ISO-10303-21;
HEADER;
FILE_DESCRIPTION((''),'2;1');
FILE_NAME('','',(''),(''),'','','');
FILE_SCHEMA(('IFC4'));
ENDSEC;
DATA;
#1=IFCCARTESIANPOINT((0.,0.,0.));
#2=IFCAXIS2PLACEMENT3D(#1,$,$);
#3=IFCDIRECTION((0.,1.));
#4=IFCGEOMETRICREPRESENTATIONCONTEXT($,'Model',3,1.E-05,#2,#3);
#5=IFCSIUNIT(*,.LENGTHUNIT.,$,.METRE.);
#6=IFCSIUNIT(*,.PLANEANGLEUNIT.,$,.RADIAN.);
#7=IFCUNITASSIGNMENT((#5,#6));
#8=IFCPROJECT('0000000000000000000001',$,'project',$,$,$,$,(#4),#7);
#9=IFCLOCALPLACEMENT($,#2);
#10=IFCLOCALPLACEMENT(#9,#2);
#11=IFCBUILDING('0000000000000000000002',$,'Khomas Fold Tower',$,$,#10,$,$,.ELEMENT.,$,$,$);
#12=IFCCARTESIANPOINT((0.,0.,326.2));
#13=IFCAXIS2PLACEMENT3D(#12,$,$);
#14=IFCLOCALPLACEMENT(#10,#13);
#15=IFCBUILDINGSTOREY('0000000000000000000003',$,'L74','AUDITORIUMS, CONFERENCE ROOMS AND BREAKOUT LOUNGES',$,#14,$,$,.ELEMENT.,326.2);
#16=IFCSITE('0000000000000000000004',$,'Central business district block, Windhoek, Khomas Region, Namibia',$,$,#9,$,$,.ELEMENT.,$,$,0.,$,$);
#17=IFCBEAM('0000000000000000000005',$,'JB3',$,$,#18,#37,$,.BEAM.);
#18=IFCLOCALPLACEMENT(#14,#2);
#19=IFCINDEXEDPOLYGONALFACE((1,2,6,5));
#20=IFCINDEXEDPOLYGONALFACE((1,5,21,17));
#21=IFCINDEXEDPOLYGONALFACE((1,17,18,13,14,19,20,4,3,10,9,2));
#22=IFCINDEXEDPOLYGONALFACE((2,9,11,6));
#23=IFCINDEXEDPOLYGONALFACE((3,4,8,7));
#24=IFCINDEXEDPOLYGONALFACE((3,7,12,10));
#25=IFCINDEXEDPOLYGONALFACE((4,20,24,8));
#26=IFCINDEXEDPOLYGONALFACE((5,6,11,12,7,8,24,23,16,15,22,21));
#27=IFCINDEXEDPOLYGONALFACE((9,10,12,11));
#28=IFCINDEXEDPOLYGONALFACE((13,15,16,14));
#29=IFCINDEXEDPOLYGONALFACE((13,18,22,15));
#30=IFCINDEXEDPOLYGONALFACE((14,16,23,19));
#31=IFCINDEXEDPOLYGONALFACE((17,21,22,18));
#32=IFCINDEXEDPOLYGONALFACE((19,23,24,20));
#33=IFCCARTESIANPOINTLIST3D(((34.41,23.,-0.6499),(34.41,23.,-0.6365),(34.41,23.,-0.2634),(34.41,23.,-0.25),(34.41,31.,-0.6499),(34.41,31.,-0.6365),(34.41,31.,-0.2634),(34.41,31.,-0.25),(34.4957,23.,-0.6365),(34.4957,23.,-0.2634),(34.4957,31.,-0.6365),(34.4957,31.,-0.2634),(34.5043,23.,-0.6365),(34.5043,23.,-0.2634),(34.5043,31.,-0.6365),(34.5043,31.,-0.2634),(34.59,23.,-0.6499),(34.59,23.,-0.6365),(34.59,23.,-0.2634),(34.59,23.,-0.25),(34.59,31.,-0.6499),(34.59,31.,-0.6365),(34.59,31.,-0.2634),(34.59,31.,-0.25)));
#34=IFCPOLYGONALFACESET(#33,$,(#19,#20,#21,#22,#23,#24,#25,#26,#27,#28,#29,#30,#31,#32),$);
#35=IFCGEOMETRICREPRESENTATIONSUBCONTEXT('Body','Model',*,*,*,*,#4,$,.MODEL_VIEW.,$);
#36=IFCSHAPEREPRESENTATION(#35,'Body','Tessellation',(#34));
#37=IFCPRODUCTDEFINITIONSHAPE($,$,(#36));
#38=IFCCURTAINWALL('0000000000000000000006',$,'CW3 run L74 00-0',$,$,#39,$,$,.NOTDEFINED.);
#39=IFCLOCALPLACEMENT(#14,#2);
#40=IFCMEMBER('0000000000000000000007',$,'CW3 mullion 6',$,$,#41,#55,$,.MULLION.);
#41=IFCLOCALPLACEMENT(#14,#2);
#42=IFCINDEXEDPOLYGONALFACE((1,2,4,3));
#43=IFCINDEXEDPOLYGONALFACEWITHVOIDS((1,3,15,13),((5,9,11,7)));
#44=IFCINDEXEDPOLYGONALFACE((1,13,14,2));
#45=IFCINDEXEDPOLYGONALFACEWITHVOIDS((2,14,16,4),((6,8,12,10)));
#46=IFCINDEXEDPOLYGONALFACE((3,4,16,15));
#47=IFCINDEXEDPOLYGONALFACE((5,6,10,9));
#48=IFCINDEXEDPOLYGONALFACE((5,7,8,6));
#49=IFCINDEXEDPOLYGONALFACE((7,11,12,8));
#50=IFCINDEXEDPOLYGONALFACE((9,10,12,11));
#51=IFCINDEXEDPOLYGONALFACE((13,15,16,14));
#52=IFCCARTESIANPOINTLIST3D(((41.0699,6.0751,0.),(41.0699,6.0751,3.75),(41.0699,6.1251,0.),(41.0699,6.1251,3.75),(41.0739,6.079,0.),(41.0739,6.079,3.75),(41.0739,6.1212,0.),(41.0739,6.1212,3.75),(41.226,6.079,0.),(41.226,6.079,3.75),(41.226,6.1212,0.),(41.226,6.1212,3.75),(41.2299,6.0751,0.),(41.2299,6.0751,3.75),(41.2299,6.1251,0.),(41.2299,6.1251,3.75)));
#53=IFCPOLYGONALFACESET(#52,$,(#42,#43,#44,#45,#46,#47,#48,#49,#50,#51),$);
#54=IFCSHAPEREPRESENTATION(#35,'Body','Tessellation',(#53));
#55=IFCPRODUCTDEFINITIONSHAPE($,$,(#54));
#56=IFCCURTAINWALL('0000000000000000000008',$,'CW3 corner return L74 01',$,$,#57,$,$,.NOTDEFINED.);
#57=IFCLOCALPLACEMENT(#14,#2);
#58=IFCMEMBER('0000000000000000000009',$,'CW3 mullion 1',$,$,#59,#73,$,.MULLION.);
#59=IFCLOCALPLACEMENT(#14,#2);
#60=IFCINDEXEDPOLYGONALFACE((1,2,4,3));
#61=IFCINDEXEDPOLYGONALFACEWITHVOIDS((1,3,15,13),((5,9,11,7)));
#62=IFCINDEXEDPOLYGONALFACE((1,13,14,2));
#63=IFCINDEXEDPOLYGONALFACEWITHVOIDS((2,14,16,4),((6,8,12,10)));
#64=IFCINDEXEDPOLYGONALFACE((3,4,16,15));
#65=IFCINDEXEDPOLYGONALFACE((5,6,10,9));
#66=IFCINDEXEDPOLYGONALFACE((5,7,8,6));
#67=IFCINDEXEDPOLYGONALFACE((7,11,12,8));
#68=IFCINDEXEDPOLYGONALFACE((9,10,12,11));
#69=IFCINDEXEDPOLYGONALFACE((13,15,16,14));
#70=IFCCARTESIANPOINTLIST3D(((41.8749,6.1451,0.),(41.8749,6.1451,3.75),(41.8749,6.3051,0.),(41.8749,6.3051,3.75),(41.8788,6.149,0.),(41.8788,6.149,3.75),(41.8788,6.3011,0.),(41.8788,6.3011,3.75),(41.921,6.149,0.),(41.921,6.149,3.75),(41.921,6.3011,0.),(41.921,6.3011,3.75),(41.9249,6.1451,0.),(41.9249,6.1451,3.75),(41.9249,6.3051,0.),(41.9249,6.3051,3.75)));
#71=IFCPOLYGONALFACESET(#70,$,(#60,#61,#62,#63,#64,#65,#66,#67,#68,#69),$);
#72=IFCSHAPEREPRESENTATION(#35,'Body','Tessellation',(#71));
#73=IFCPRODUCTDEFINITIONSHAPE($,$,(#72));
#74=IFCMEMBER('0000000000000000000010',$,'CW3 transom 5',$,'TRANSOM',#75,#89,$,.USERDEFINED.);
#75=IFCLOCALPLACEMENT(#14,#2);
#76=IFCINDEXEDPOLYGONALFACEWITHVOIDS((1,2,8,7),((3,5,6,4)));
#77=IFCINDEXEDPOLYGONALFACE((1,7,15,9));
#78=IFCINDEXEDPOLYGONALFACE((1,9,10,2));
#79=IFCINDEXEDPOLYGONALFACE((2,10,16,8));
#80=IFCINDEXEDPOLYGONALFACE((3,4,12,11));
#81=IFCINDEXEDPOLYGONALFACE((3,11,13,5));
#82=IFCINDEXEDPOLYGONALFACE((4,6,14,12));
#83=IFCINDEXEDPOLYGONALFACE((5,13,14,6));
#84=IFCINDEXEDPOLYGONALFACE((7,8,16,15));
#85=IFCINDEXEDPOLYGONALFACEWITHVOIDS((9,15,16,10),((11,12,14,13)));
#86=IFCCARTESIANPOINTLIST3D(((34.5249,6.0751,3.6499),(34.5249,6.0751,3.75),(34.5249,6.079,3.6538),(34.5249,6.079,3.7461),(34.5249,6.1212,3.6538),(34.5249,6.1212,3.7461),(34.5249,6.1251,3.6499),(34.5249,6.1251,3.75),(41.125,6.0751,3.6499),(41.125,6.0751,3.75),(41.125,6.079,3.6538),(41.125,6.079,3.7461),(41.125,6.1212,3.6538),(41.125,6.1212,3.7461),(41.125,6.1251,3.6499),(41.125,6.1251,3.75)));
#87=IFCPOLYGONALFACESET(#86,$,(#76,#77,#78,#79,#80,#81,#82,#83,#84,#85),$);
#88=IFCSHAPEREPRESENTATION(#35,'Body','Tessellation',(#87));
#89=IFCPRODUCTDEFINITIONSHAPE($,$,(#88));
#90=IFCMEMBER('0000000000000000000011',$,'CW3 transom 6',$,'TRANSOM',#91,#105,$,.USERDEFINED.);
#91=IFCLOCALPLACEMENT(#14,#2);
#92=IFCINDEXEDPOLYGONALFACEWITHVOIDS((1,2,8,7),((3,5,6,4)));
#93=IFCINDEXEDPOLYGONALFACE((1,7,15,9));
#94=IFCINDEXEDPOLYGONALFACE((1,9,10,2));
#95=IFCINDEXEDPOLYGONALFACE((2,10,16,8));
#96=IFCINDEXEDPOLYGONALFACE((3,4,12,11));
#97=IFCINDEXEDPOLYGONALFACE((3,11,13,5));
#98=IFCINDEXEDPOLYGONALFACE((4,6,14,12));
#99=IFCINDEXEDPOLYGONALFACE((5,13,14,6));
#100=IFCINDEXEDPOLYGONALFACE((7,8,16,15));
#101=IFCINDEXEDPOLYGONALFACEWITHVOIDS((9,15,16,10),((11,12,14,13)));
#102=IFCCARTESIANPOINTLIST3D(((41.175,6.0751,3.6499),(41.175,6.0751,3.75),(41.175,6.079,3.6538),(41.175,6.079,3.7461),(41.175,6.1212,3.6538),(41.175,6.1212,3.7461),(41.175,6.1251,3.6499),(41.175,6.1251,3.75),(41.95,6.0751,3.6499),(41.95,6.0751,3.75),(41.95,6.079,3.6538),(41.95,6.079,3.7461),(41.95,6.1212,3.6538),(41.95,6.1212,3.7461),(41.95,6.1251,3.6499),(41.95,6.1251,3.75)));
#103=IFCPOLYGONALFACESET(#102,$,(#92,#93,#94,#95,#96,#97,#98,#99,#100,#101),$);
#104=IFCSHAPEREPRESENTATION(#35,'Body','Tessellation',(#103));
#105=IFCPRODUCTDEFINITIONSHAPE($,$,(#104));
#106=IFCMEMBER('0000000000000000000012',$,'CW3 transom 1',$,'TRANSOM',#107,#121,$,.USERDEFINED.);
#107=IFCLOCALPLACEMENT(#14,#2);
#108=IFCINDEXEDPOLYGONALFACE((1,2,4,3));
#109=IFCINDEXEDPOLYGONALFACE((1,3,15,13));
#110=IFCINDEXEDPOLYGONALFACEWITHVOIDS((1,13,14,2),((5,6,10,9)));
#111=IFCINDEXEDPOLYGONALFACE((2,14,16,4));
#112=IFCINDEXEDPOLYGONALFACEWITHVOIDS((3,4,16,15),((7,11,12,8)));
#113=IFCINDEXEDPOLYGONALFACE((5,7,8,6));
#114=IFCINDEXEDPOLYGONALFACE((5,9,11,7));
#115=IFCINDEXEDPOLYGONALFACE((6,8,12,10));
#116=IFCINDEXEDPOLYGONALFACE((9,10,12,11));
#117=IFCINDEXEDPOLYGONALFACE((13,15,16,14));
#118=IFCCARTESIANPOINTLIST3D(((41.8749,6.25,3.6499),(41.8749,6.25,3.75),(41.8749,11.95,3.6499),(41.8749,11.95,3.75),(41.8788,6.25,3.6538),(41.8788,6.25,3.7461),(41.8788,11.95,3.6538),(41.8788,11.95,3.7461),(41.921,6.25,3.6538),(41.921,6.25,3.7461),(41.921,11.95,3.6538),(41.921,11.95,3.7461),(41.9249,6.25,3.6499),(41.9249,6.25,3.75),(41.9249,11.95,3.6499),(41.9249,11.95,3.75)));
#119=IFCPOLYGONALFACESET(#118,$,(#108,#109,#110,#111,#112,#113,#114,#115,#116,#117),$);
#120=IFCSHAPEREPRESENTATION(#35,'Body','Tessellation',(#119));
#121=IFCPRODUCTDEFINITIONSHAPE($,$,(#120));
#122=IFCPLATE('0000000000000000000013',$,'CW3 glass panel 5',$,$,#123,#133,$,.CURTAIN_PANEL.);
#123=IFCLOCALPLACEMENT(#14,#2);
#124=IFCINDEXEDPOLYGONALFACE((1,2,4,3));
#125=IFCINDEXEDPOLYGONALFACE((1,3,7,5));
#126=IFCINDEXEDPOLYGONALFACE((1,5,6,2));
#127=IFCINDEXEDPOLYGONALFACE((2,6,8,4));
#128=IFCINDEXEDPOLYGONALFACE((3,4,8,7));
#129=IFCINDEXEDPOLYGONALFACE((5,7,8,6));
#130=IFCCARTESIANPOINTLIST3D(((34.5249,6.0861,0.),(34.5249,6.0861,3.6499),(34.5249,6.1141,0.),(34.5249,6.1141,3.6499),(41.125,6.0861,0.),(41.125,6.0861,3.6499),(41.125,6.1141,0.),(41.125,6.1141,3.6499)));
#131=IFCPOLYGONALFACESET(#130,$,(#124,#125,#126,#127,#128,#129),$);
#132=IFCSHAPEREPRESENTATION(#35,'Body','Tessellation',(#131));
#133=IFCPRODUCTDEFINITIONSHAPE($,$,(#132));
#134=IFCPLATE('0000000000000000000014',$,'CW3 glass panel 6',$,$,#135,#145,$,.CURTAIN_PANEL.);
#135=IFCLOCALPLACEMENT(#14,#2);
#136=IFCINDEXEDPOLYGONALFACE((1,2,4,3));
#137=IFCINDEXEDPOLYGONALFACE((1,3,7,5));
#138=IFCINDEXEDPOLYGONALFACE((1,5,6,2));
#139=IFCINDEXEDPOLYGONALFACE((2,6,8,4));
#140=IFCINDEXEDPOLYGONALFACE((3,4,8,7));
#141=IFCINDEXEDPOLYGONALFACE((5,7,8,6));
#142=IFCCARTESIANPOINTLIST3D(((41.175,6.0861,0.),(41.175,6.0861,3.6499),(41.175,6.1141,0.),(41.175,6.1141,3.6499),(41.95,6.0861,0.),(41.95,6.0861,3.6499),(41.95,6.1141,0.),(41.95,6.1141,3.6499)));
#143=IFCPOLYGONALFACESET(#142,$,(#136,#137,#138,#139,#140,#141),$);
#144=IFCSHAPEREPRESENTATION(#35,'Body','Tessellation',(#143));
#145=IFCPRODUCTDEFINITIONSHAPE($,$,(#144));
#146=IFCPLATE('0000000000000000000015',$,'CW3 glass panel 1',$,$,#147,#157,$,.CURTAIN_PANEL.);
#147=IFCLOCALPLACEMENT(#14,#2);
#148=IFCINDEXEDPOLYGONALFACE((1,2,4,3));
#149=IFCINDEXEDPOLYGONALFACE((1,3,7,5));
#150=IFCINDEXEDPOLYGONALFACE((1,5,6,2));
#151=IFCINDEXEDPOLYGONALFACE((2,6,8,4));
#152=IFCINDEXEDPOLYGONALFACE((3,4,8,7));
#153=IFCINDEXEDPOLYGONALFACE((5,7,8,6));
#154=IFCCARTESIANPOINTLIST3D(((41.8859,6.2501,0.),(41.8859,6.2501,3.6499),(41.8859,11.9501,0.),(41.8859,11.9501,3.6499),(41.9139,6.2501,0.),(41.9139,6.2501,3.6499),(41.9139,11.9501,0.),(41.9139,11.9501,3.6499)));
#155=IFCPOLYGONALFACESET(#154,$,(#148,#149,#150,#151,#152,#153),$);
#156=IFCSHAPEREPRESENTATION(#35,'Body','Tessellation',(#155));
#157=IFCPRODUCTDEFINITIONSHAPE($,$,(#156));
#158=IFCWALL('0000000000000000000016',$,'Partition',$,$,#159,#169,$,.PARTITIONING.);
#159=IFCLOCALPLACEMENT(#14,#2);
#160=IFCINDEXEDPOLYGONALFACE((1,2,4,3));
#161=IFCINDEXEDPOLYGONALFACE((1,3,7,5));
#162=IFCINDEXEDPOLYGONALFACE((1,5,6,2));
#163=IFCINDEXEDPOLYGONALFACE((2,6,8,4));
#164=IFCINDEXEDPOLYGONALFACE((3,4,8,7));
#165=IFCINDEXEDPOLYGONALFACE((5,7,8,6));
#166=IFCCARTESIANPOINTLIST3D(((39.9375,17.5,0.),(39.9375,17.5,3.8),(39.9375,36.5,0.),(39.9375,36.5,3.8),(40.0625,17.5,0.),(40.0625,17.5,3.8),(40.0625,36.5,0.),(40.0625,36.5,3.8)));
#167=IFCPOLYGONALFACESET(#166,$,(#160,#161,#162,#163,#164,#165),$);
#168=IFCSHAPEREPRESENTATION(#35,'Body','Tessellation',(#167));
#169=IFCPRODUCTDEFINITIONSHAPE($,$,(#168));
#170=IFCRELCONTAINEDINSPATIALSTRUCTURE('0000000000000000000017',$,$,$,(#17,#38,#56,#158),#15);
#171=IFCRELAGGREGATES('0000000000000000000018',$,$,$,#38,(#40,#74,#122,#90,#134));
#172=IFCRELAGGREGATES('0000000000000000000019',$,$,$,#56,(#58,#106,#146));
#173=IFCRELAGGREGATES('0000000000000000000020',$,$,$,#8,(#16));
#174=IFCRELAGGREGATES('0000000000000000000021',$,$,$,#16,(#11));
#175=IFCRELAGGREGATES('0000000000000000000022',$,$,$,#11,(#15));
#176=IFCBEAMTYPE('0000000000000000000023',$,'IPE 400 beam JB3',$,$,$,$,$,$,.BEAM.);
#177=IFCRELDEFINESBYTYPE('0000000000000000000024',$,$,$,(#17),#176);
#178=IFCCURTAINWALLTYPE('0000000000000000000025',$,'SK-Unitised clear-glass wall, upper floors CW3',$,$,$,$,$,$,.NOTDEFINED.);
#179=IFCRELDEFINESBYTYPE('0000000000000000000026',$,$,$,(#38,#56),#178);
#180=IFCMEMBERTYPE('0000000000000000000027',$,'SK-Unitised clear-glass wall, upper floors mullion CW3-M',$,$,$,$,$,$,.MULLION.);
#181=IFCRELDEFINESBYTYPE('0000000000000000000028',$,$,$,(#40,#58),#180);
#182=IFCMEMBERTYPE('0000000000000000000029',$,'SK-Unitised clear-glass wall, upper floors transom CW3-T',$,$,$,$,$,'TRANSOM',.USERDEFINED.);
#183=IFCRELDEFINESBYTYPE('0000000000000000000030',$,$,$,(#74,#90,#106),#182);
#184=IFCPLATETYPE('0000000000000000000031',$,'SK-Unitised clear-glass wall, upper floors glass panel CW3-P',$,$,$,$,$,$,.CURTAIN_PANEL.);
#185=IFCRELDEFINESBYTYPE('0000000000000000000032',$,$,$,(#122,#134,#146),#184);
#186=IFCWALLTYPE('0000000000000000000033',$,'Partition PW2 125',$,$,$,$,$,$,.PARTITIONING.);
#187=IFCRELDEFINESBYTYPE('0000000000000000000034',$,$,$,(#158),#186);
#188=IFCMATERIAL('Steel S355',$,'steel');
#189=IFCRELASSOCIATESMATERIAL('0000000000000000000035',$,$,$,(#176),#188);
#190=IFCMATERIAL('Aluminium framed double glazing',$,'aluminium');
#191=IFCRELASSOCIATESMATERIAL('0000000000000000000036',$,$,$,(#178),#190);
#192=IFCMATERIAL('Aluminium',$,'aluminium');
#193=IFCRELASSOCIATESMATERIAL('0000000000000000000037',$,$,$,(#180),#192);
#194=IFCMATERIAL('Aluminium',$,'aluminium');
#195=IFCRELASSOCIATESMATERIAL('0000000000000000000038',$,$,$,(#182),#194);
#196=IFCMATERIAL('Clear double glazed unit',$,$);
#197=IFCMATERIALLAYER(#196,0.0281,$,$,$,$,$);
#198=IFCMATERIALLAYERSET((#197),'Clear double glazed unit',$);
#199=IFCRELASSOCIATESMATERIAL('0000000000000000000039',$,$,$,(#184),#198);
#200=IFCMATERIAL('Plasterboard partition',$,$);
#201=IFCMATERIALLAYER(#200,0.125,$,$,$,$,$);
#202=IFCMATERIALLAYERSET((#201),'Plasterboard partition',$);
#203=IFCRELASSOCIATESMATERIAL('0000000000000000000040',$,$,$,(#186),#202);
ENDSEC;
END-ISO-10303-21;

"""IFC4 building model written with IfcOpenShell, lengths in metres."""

from ifc_helpers import new_model, si_unit, direction, frame, frame_2d, origin, origin_2d, place, context, subcontext, project, spatial, rectangle, hollow_rectangle, i_section, extrude, source, transform, mapped, material, layer, layer_set, material_profile, profile_set, type_object, element, aggregate, save


model = new_model("IFC4")

# Units and contexts
model_context = context("Model", 3, precision=1e-05, world=origin(), true_north=direction((0.0, 1.0)))
body_context = subcontext(model_context, "Body", "Model", "MODEL_VIEW")
ifc_project = project(units=[si_unit("LENGTHUNIT", "METRE"), si_unit("PLANEANGLEUNIT", "RADIAN")], contexts=[model_context])

# Site, building, storey
site_placement = place(None, origin())
site = spatial("IfcSite", under=ifc_project, at=site_placement, Name="Central business district block, Windhoek, Khomas Region, Namibia", CompositionType="ELEMENT", RefElevation=0.0)
building_placement = place(site_placement, origin())
building = spatial("IfcBuilding", under=site, at=building_placement, Name="Khomas Fold Tower", CompositionType="ELEMENT")
storey_placement = place(building_placement, frame((0.0, 0.0, 326.2)))
storey = spatial("IfcBuildingStorey", under=building, at=storey_placement, Name="L74", Description="AUDITORIUMS, CONFERENCE ROOMS AND BREAKOUT LOUNGES", CompositionType="ELEMENT", Elevation=326.2)

# Beam
ifc_material_1 = material(Name="Steel S355", Category="steel")
ifc_material_profile_1 = material_profile(ifc_material_1, i_section(OverallWidth=0.1799, OverallDepth=0.3999, WebThickness=0.0085, FlangeThickness=0.0134, at=origin_2d()), Name="IPE 400")
ifc_profile_set_1 = profile_set([ifc_material_profile_1], Name="Steel S355")
beam_type_1 = type_object("IfcBeamType", Name="IPE 400 beam JB3", PredefinedType="BEAM", material=ifc_profile_set_1)
shared_shape_1 = source(origin(), body_context, "Body", "SweptSolid", [
    extrude(i_section(OverallWidth=0.1799, OverallDepth=0.3999, WebThickness=0.0085, FlangeThickness=0.0134, at=origin_2d()), origin(), (0.0, 0.0, 1.0), 8.0),
])
for number, where, z_axis, x_axis, name in (
    (1, (34.5, 23.0, -0.45), (0.0, 1.0, 0.0), (-1.0, 0.0, 0.0), "JB3"),
):
    element("IfcBeam", number, at=place(storey_placement, frame(where, z_axis=z_axis, x_axis=x_axis)), inside=storey, type_object=beam_type_1, Name=name, PredefinedType="BEAM", context=body_context, shape_type="MappedRepresentation", body=[
        mapped(shared_shape_1, transform((0.0, 0.0, 0.0))),
    ])

# Curtain walls, members
ifc_material_2 = material(Name="Aluminium framed double glazing", Category="aluminium")
curtain_wall_type = type_object("IfcCurtainWallType", Name="SK-Unitised clear-glass wall, upper floors CW3", PredefinedType="NOTDEFINED", material=ifc_material_2)
curtain_wall_1_placement = place(storey_placement, origin())
curtain_wall_1 = element("IfcCurtainWall", 2, at=curtain_wall_1_placement, inside=storey, type_object=curtain_wall_type, Name="CW3 run L74 00-0", PredefinedType="NOTDEFINED")
ifc_material_3 = material(Name="Aluminium", Category="aluminium")
ifc_material_profile_2 = material_profile(ifc_material_3, hollow_rectangle(XDim=0.05, YDim=0.1599, WallThickness=0.0039, at=origin_2d()), Name="SK-Unitised clear-glass wall, upper floors mullion CW3-M")
ifc_profile_set_2 = profile_set([ifc_material_profile_2], Name="Aluminium")
member_type_1 = type_object("IfcMemberType", Name="SK-Unitised clear-glass wall, upper floors mullion CW3-M", PredefinedType="MULLION", material=ifc_profile_set_2)
shared_shape_2 = source(origin(), body_context, "Body", "SweptSolid", [
    extrude(hollow_rectangle(XDim=0.05, YDim=0.1599, WallThickness=0.0039, at=origin_2d()), origin(), (0.0, 0.0, 1.0), 3.75),
])
member_1_placement = place(storey_placement, frame((41.1499, 6.1001, 0.0), z_axis=(0.0, 0.0, 1.0), x_axis=(0.0, 1.0, 0.0)))
member_1 = element("IfcMember", 3, at=member_1_placement, type_object=member_type_1, Name="CW3 mullion 6", PredefinedType="MULLION", context=body_context, shape_type="MappedRepresentation", body=[
    mapped(shared_shape_2, transform((0.0, 0.0, 0.0))),
])
curtain_wall_2_placement = place(storey_placement, origin())
curtain_wall_2 = element("IfcCurtainWall", 4, at=curtain_wall_2_placement, inside=storey, type_object=curtain_wall_type, Name="CW3 corner return L74 01", PredefinedType="NOTDEFINED")
member_2_placement = place(storey_placement, frame((41.8999, 6.2251, 0.0), z_axis=(0.0, 0.0, 1.0), x_axis=(-1.0, 0.0, 0.0)))
member_2 = element("IfcMember", 5, at=member_2_placement, type_object=member_type_1, Name="CW3 mullion 1", PredefinedType="MULLION", context=body_context, shape_type="MappedRepresentation", body=[
    mapped(shared_shape_2, transform((0.0, 0.0, 0.0))),
])

# Members
ifc_material_4 = material(Name="Aluminium", Category="aluminium")
ifc_material_profile_3 = material_profile(ifc_material_4, hollow_rectangle(XDim=0.05, YDim=0.1001, WallThickness=0.0039, at=origin_2d()), Name="SK-Unitised clear-glass wall, upper floors transom CW3-T")
ifc_profile_set_3 = profile_set([ifc_material_profile_3], Name="Aluminium")
member_type_2 = type_object("IfcMemberType", Name="SK-Unitised clear-glass wall, upper floors transom CW3-T", ElementType="TRANSOM", PredefinedType="USERDEFINED", material=ifc_profile_set_3)
shared_shape_3 = source(origin(), body_context, "Body", "SweptSolid", [
    extrude(hollow_rectangle(XDim=0.05, YDim=0.1001, WallThickness=0.0039, at=origin_2d()), origin(), (0.0, 0.0, 1.0), 6.6001),
])
member_3_placement = place(storey_placement, frame((34.5249, 6.1001, 3.7), z_axis=(1.0, 0.0, 0.0), x_axis=(0.0, 1.0, 0.0)))
member_3 = element("IfcMember", 6, at=member_3_placement, type_object=member_type_2, Name="CW3 transom 5", ObjectType="TRANSOM", PredefinedType="USERDEFINED", context=body_context, shape_type="MappedRepresentation", body=[
    mapped(shared_shape_3, transform((0.0, 0.0, 0.0))),
])
shared_shape_4 = source(origin(), body_context, "Body", "SweptSolid", [
    extrude(hollow_rectangle(XDim=0.05, YDim=0.1001, WallThickness=0.0039, at=origin_2d()), origin(), (0.0, 0.0, 1.0), 0.7749),
])
member_4_placement = place(storey_placement, frame((41.175, 6.1001, 3.7), z_axis=(1.0, 0.0, 0.0), x_axis=(0.0, 1.0, 0.0)))
member_4 = element("IfcMember", 7, at=member_4_placement, type_object=member_type_2, Name="CW3 transom 6", ObjectType="TRANSOM", PredefinedType="USERDEFINED", context=body_context, shape_type="MappedRepresentation", body=[
    mapped(shared_shape_4, transform((0.0, 0.0, 0.0))),
])
shared_shape_5 = source(origin(), body_context, "Body", "SweptSolid", [
    extrude(hollow_rectangle(XDim=0.05, YDim=0.1001, WallThickness=0.0039, at=origin_2d()), origin(), (0.0, 0.0, 1.0), 5.7),
])
member_5_placement = place(storey_placement, frame((41.8999, 6.25, 3.7), z_axis=(0.0, 1.0, 0.0), x_axis=(-1.0, 0.0, 0.0)))
member_5 = element("IfcMember", 8, at=member_5_placement, type_object=member_type_2, Name="CW3 transom 1", ObjectType="TRANSOM", PredefinedType="USERDEFINED", context=body_context, shape_type="MappedRepresentation", body=[
    mapped(shared_shape_5, transform((0.0, 0.0, 0.0))),
])

# Plates
ifc_material_5 = material(Name="Clear double glazed unit")
ifc_layer_1 = layer(ifc_material_5, 0.0281)
ifc_layer_set_1 = layer_set([ifc_layer_1], Name="Clear double glazed unit")
plate_type = type_object("IfcPlateType", Name="SK-Unitised clear-glass wall, upper floors glass panel CW3-P", PredefinedType="CURTAIN_PANEL", material=ifc_layer_set_1)
shared_shape_6 = source(origin(), body_context, "Body", "SweptSolid", [
    extrude(rectangle(XDim=6.6001, YDim=0.0281, at=origin_2d()), origin(), (0.0, 0.0, 1.0), 3.6499),
])
plate_1_placement = place(storey_placement, frame((37.825, 6.1001, 0.0), z_axis=(0.0, 0.0, 1.0), x_axis=(1.0, 0.0, 0.0)))
plate_1 = element("IfcPlate", 9, at=plate_1_placement, type_object=plate_type, Name="CW3 glass panel 5", PredefinedType="CURTAIN_PANEL", context=body_context, shape_type="MappedRepresentation", body=[
    mapped(shared_shape_6, transform((0.0, 0.0, 0.0))),
])
shared_shape_7 = source(origin(), body_context, "Body", "SweptSolid", [
    extrude(rectangle(XDim=0.7749, YDim=0.0281, at=origin_2d()), origin(), (0.0, 0.0, 1.0), 3.6499),
])
plate_2_placement = place(storey_placement, frame((41.5625, 6.1001, 0.0), z_axis=(0.0, 0.0, 1.0), x_axis=(1.0, 0.0, 0.0)))
plate_2 = element("IfcPlate", 10, at=plate_2_placement, type_object=plate_type, Name="CW3 glass panel 6", PredefinedType="CURTAIN_PANEL", context=body_context, shape_type="MappedRepresentation", body=[
    mapped(shared_shape_7, transform((0.0, 0.0, 0.0))),
])
aggregate(curtain_wall_1, [member_1, member_3, plate_1, member_4, plate_2])
shared_shape_8 = source(origin(), body_context, "Body", "SweptSolid", [
    extrude(rectangle(XDim=5.7, YDim=0.0281, at=origin_2d()), origin(), (0.0, 0.0, 1.0), 3.6499),
])
plate_3_placement = place(storey_placement, frame((41.8999, 9.1001, 0.0), z_axis=(0.0, 0.0, 1.0), x_axis=(0.0, 1.0, 0.0)))
plate_3 = element("IfcPlate", 11, at=plate_3_placement, type_object=plate_type, Name="CW3 glass panel 1", PredefinedType="CURTAIN_PANEL", context=body_context, shape_type="MappedRepresentation", body=[
    mapped(shared_shape_8, transform((0.0, 0.0, 0.0))),
])
aggregate(curtain_wall_2, [member_2, member_5, plate_3])

# Wall
ifc_material_6 = material(Name="Plasterboard partition")
ifc_layer_2 = layer(ifc_material_6, 0.125)
ifc_layer_set_2 = layer_set([ifc_layer_2], Name="Plasterboard partition")
wall_type = type_object("IfcWallType", Name="Partition PW2 125", PredefinedType="PARTITIONING", material=ifc_layer_set_2)
shared_shape_9 = source(origin(), body_context, "Body", "SweptSolid", [
    extrude(rectangle(XDim=19.0, YDim=0.125, at=frame_2d((9.5, 0.0))), origin(), (0.0, 0.0, 1.0), 3.8),
])
wall_placement = place(storey_placement, frame((40.0, 17.5, 0.0), z_axis=(0.0, 0.0, 1.0), x_axis=(0.0, 1.0, 0.0)))
element("IfcWall", 12, at=wall_placement, inside=storey, type_object=wall_type, Name="Partition", PredefinedType="PARTITIONING", context=body_context, shape_type="MappedRepresentation", body=[
    mapped(shared_shape_9, transform((0.0, 0.0, 0.0))),
])

save(model, "model.ifc")
